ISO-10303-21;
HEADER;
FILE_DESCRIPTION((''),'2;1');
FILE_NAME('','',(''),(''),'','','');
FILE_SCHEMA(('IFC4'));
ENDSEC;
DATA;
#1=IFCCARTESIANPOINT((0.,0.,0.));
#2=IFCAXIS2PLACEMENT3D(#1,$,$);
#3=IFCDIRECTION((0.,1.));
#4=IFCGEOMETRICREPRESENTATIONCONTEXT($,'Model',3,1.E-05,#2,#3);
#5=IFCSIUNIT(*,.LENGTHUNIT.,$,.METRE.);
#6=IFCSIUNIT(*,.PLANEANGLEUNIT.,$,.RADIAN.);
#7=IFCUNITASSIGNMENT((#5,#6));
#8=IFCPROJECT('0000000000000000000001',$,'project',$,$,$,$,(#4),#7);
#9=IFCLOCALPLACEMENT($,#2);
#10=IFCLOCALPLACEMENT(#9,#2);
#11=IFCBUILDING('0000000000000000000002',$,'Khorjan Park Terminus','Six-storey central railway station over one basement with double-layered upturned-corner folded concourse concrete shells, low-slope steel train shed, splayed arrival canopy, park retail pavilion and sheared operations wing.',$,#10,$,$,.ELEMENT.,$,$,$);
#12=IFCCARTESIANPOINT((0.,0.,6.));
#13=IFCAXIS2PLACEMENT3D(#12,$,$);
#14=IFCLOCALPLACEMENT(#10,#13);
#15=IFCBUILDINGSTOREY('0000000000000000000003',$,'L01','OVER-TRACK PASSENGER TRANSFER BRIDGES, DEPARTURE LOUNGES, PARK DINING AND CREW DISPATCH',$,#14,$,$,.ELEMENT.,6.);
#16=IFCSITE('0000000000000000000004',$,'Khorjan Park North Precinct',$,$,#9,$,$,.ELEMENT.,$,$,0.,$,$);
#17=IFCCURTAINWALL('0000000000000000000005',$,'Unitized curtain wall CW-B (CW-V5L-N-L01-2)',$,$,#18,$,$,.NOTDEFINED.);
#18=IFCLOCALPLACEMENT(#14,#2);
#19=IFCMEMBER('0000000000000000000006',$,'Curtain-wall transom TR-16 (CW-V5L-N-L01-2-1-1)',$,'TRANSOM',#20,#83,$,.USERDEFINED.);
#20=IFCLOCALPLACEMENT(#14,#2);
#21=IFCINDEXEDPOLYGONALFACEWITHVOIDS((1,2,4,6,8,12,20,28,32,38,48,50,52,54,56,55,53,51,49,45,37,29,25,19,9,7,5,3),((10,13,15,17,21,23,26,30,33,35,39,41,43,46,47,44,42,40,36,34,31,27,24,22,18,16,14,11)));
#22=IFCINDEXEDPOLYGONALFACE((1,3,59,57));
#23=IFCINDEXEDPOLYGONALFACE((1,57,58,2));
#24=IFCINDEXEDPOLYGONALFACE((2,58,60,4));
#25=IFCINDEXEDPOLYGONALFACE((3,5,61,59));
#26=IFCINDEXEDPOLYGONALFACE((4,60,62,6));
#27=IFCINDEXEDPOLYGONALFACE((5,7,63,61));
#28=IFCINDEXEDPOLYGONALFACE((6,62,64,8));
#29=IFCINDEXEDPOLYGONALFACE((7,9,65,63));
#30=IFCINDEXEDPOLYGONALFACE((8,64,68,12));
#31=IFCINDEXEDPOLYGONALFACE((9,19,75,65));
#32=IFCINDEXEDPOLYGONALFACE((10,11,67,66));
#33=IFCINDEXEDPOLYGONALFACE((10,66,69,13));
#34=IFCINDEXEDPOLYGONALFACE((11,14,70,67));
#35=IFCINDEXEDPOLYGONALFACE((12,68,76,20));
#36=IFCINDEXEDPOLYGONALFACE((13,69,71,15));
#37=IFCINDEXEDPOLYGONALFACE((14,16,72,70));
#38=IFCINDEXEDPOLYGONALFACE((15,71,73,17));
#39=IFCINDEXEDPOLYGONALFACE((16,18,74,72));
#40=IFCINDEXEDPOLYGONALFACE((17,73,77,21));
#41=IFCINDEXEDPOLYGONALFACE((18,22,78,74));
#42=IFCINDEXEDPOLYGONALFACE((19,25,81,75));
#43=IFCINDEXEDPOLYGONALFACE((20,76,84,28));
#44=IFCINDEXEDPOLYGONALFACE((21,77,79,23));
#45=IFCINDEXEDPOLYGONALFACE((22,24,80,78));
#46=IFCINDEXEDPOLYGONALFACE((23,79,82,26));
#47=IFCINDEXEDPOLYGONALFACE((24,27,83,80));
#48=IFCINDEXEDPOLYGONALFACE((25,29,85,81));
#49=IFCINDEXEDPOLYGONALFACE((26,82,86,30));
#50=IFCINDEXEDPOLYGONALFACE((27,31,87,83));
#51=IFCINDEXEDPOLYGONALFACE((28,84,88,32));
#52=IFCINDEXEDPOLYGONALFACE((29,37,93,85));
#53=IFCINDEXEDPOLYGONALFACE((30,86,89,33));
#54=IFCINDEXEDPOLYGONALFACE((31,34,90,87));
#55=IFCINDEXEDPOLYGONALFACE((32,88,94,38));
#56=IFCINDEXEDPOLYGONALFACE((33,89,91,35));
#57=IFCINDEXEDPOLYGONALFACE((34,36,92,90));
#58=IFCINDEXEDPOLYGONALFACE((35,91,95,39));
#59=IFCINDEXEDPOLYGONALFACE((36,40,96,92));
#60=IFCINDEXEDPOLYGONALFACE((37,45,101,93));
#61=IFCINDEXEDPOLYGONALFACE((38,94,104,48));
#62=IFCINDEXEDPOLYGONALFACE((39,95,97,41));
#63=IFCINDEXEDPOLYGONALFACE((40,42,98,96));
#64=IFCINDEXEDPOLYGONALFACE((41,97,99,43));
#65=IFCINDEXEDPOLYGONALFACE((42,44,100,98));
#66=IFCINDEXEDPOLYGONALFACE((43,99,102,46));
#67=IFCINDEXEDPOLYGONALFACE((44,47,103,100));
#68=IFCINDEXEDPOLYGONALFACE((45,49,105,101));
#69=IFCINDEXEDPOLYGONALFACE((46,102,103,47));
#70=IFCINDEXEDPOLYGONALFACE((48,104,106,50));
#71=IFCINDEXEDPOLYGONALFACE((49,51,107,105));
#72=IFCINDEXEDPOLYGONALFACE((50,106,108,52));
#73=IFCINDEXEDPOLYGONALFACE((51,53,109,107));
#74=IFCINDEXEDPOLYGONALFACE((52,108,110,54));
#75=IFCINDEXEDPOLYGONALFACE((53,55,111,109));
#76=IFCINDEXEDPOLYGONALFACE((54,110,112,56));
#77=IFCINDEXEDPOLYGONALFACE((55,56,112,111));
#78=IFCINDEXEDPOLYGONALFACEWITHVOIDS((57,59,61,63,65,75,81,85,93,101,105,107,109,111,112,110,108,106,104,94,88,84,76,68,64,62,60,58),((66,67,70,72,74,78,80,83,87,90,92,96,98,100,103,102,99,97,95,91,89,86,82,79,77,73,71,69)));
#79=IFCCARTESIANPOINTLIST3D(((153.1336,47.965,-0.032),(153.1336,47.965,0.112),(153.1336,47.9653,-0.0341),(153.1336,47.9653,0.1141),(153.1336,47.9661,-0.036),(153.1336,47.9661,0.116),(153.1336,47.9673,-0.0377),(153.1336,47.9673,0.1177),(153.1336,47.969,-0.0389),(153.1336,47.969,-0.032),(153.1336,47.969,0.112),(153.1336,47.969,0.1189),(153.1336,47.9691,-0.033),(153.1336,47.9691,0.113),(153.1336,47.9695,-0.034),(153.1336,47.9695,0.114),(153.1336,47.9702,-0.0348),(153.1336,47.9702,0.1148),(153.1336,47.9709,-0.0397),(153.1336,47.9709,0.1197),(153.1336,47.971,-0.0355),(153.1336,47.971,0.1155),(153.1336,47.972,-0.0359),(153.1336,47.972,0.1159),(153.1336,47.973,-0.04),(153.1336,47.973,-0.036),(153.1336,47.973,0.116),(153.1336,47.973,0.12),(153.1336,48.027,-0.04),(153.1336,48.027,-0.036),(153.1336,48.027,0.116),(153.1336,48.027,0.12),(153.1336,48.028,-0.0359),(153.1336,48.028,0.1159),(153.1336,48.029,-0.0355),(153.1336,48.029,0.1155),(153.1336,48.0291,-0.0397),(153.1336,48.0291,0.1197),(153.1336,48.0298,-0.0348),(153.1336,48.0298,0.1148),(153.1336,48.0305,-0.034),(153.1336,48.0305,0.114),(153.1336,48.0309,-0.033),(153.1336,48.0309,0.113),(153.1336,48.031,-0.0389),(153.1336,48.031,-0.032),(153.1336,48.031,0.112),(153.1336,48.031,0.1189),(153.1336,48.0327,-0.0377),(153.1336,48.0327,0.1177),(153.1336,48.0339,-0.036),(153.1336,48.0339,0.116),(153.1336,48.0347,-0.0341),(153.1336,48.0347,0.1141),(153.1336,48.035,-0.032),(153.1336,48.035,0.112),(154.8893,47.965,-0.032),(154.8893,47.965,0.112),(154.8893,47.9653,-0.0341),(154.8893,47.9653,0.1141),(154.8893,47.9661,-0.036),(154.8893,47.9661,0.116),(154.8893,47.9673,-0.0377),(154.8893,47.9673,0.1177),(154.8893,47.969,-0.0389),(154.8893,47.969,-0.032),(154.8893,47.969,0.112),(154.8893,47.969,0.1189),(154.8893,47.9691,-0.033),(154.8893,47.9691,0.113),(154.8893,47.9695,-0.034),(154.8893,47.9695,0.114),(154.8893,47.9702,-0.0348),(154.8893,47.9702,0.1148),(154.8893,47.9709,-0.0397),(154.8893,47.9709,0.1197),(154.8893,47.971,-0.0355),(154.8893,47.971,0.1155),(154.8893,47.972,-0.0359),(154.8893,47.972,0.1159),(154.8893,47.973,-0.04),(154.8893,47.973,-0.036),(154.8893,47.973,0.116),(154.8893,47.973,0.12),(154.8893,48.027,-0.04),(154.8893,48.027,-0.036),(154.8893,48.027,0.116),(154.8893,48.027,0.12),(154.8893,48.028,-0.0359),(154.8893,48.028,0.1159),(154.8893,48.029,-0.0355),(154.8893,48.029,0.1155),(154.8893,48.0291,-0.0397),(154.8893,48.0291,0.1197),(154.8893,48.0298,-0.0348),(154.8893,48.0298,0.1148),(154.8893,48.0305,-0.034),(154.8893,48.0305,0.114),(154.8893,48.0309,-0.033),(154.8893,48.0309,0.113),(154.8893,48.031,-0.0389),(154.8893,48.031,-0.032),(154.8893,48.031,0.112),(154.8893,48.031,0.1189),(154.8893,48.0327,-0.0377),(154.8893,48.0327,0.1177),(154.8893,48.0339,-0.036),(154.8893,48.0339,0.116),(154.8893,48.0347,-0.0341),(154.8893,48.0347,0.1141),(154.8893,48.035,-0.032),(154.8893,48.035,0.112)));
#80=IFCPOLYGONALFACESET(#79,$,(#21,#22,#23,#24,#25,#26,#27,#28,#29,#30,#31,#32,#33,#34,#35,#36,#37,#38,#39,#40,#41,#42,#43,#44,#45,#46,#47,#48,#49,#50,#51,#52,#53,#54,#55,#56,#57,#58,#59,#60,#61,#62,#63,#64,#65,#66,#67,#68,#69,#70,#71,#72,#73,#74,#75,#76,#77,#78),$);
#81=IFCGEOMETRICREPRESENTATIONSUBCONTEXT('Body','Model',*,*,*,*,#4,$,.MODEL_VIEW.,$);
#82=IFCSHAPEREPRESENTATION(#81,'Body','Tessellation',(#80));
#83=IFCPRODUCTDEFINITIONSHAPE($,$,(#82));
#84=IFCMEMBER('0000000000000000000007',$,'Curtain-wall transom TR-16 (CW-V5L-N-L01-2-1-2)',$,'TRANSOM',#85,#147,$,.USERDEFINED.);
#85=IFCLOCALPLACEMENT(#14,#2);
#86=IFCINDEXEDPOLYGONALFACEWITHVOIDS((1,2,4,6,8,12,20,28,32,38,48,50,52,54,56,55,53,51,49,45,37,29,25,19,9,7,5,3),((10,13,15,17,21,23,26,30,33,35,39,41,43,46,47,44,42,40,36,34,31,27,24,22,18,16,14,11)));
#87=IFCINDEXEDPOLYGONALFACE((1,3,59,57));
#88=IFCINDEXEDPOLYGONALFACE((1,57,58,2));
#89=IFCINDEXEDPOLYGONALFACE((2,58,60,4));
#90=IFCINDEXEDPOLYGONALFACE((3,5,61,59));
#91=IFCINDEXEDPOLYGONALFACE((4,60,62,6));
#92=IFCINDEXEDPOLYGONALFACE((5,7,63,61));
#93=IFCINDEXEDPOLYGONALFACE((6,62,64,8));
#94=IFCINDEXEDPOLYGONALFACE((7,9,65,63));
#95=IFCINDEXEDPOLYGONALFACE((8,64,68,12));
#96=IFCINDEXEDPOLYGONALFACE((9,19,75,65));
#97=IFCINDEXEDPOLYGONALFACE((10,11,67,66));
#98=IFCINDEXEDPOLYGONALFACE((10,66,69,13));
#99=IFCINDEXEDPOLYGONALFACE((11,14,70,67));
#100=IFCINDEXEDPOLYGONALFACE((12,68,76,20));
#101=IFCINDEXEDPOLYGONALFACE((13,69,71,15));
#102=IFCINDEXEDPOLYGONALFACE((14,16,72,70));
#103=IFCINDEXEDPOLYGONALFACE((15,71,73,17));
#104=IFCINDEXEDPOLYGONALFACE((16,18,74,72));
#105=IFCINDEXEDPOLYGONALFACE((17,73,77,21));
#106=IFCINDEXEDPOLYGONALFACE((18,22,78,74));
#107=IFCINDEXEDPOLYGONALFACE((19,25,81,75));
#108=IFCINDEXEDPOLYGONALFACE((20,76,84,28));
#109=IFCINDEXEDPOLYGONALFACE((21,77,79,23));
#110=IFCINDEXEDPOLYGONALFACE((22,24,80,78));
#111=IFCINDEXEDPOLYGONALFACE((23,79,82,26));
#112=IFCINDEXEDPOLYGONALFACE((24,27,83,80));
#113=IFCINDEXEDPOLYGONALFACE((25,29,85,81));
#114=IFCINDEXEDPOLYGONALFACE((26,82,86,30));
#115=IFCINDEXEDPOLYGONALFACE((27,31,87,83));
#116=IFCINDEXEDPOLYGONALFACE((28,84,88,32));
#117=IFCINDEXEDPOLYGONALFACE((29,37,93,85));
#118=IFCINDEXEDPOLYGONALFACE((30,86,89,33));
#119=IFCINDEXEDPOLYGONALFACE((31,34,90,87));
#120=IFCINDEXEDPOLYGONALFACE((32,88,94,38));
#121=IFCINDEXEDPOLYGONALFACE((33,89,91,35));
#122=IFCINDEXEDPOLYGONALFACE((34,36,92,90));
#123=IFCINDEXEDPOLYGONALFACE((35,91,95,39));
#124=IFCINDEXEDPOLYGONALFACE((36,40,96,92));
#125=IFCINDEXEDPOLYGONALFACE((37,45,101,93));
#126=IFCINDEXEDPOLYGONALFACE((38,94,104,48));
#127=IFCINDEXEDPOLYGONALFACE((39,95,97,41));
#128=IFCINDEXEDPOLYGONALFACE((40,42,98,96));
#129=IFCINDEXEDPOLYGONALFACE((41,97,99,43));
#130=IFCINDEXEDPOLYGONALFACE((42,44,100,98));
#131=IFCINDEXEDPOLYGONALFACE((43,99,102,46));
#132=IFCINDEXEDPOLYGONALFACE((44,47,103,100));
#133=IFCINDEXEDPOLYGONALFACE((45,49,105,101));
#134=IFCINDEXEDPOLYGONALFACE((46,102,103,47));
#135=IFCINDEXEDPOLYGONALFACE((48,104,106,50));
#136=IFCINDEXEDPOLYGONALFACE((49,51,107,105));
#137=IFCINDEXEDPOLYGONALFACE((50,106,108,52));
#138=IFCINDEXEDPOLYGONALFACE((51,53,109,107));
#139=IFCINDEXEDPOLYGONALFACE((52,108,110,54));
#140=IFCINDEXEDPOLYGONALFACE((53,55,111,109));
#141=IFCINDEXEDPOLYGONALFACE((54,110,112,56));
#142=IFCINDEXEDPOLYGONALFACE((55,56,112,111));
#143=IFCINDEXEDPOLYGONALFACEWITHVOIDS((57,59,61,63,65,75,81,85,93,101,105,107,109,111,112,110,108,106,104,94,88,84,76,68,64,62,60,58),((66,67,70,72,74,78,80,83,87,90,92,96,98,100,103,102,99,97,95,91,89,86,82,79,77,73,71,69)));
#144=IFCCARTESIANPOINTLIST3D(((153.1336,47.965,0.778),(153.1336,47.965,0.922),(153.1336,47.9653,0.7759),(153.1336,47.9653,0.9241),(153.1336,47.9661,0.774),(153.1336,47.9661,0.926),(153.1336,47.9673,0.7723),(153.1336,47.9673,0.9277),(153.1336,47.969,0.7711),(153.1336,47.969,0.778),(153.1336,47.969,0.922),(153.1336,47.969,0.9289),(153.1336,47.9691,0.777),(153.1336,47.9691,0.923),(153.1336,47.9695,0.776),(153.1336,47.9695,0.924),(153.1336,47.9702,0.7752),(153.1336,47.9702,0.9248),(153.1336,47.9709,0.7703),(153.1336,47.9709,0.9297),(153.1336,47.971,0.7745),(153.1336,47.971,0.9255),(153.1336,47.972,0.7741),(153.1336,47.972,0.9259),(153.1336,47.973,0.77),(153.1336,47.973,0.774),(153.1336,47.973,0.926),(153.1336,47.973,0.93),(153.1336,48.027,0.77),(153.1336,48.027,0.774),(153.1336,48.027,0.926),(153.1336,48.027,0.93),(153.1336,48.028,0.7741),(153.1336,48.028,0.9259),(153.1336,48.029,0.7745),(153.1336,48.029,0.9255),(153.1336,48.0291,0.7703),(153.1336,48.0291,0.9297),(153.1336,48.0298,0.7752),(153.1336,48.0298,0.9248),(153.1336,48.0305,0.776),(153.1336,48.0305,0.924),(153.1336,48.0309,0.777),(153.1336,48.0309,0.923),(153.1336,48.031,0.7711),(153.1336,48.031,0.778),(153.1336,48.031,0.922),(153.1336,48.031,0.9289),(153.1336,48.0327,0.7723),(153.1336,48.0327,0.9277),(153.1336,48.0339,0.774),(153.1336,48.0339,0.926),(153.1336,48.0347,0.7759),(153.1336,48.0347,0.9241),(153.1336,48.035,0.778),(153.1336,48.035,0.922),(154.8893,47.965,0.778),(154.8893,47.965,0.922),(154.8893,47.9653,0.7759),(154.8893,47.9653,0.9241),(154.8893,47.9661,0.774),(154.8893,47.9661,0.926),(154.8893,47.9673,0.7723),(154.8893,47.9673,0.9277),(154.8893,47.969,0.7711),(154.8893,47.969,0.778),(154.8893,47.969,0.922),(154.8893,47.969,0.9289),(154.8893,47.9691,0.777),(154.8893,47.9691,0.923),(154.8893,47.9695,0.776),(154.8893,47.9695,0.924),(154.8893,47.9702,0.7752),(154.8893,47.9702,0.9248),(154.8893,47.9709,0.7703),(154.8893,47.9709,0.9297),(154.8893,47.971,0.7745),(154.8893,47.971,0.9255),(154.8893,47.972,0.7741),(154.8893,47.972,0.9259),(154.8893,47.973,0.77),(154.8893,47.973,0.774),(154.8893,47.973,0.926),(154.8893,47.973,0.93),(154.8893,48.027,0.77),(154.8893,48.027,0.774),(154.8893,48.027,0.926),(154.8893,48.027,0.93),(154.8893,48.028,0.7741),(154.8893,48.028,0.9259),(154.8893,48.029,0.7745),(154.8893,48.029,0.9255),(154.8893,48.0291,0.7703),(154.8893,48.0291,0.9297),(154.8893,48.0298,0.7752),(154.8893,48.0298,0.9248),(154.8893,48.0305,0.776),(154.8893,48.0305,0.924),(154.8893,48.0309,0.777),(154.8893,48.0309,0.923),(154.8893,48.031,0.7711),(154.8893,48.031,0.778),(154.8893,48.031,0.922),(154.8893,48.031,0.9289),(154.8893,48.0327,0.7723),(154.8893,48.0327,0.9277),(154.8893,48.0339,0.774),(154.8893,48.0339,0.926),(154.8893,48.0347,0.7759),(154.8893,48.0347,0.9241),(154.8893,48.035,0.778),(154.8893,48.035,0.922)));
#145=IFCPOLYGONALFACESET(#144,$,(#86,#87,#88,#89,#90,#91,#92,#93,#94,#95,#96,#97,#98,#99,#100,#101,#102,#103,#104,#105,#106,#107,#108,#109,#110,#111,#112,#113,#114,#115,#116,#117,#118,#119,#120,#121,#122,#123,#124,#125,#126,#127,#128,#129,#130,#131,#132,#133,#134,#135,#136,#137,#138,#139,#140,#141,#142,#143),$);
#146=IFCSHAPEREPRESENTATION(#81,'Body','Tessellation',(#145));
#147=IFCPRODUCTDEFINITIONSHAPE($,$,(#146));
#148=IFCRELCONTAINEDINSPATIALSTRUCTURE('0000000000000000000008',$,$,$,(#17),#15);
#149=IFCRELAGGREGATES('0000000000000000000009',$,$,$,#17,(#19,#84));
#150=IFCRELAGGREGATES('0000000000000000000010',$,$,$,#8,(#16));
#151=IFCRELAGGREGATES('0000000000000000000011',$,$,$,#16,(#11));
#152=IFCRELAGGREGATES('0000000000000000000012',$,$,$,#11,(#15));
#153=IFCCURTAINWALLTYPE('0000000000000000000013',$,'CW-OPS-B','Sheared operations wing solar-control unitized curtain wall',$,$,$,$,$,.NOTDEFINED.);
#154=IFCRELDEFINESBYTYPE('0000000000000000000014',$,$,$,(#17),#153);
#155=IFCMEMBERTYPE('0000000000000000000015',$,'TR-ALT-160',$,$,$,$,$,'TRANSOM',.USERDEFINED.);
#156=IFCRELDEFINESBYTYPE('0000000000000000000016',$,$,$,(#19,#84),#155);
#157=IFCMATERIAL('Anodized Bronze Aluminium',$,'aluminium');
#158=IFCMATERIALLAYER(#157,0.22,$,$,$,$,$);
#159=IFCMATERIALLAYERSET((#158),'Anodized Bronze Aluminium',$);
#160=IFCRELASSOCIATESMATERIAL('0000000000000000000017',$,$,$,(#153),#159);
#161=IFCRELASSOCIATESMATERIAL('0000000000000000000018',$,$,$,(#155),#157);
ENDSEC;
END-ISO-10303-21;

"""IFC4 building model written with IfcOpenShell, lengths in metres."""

from ifc_helpers import new_model, si_unit, direction, frame, origin, origin_2d, place, context, subcontext, project, spatial, hollow_rectangle, extrude, material, layer, layer_set, material_profile, profile_set, type_object, element, aggregate, save


model = new_model("IFC4")

# Units and contexts
model_context = context("Model", 3, precision=1e-05, world=origin(), true_north=direction((0.0, 1.0)))
body_context = subcontext(model_context, "Body", "Model", "MODEL_VIEW")
ifc_project = project(units=[si_unit("LENGTHUNIT", "METRE"), si_unit("PLANEANGLEUNIT", "RADIAN")], contexts=[model_context])

# Site, building, storey
site_placement = place(None, origin())
site = spatial("IfcSite", under=ifc_project, at=site_placement, Name="Khorjan Park North Precinct", CompositionType="ELEMENT", RefElevation=0.0)
building_placement = place(site_placement, origin())
building = spatial("IfcBuilding", under=site, at=building_placement, Name="Khorjan Park Terminus", Description="Six-storey central railway station over one basement with double-layered upturned-corner folded concourse concrete shells, low-slope steel train shed, splayed arrival canopy, park retail pavilion and sheared operations wing.", CompositionType="ELEMENT")
storey_placement = place(building_placement, frame((0.0, 0.0, 6.0)))
storey = spatial("IfcBuildingStorey", under=building, at=storey_placement, Name="L01", Description="OVER-TRACK PASSENGER TRANSFER BRIDGES, DEPARTURE LOUNGES, PARK DINING AND CREW DISPATCH", CompositionType="ELEMENT", Elevation=6.0)

# Curtain wall, members
ifc_material_1 = material(Name="Anodized Bronze Aluminium", Category="aluminium")
ifc_layer_1 = layer(ifc_material_1, 0.22)
ifc_layer_set_1 = layer_set([ifc_layer_1], Name="Anodized Bronze Aluminium")
curtain_wall_type = type_object("IfcCurtainWallType", Name="CW-OPS-B", Description="Sheared operations wing solar-control unitized curtain wall", PredefinedType="NOTDEFINED", material=ifc_layer_set_1)
curtain_wall_placement = place(storey_placement, origin())
curtain_wall = element("IfcCurtainWall", 1, at=curtain_wall_placement, inside=storey, type_object=curtain_wall_type, Name="Unitized curtain wall CW-B (CW-V5L-N-L01-2)", PredefinedType="NOTDEFINED")
ifc_material_profile_1 = material_profile(ifc_material_1, hollow_rectangle(XDim=0.07, YDim=0.16, WallThickness=0.004, InnerFilletRadius=0.004, OuterFilletRadius=0.008, at=origin_2d()), Name="ALT 70x160x4")
ifc_profile_set_1 = profile_set([ifc_material_profile_1], Name="Anodized Bronze Aluminium")
member_type_1 = type_object("IfcMemberType", Name="TR-ALT-160", ElementType="TRANSOM", PredefinedType="USERDEFINED", material=ifc_profile_set_1)
member_1_placement = place(storey_placement, frame((154.8893, 48.0, 0.04), z_axis=(-1.0, 0.0, 0.0), x_axis=(0.0, -1.0, 0.0)))
member_1 = element("IfcMember", 2, at=member_1_placement, type_object=member_type_1, Name="Curtain-wall transom TR-16 (CW-V5L-N-L01-2-1-1)", ObjectType="TRANSOM", PredefinedType="USERDEFINED", context=body_context, shape_type="SweptSolid", body=[
    extrude(hollow_rectangle(XDim=0.07, YDim=0.16, WallThickness=0.004, InnerFilletRadius=0.004, OuterFilletRadius=0.008, at=origin_2d()), origin(), (0.0, 0.0, 1.0), 1.7557),
])
member_2_placement = place(storey_placement, frame((154.8893, 48.0, 0.85), z_axis=(-1.0, 0.0, 0.0), x_axis=(0.0, -1.0, 0.0)))
member_2 = element("IfcMember", 3, at=member_2_placement, type_object=member_type_1, Name="Curtain-wall transom TR-16 (CW-V5L-N-L01-2-1-2)", ObjectType="TRANSOM", PredefinedType="USERDEFINED", context=body_context, shape_type="SweptSolid", body=[
    extrude(hollow_rectangle(XDim=0.07, YDim=0.16, WallThickness=0.004, InnerFilletRadius=0.004, OuterFilletRadius=0.008, at=origin_2d()), origin(), (0.0, 0.0, 1.0), 1.7557),
])
aggregate(curtain_wall, [member_1, member_2])

save(model, "model.ifc")
